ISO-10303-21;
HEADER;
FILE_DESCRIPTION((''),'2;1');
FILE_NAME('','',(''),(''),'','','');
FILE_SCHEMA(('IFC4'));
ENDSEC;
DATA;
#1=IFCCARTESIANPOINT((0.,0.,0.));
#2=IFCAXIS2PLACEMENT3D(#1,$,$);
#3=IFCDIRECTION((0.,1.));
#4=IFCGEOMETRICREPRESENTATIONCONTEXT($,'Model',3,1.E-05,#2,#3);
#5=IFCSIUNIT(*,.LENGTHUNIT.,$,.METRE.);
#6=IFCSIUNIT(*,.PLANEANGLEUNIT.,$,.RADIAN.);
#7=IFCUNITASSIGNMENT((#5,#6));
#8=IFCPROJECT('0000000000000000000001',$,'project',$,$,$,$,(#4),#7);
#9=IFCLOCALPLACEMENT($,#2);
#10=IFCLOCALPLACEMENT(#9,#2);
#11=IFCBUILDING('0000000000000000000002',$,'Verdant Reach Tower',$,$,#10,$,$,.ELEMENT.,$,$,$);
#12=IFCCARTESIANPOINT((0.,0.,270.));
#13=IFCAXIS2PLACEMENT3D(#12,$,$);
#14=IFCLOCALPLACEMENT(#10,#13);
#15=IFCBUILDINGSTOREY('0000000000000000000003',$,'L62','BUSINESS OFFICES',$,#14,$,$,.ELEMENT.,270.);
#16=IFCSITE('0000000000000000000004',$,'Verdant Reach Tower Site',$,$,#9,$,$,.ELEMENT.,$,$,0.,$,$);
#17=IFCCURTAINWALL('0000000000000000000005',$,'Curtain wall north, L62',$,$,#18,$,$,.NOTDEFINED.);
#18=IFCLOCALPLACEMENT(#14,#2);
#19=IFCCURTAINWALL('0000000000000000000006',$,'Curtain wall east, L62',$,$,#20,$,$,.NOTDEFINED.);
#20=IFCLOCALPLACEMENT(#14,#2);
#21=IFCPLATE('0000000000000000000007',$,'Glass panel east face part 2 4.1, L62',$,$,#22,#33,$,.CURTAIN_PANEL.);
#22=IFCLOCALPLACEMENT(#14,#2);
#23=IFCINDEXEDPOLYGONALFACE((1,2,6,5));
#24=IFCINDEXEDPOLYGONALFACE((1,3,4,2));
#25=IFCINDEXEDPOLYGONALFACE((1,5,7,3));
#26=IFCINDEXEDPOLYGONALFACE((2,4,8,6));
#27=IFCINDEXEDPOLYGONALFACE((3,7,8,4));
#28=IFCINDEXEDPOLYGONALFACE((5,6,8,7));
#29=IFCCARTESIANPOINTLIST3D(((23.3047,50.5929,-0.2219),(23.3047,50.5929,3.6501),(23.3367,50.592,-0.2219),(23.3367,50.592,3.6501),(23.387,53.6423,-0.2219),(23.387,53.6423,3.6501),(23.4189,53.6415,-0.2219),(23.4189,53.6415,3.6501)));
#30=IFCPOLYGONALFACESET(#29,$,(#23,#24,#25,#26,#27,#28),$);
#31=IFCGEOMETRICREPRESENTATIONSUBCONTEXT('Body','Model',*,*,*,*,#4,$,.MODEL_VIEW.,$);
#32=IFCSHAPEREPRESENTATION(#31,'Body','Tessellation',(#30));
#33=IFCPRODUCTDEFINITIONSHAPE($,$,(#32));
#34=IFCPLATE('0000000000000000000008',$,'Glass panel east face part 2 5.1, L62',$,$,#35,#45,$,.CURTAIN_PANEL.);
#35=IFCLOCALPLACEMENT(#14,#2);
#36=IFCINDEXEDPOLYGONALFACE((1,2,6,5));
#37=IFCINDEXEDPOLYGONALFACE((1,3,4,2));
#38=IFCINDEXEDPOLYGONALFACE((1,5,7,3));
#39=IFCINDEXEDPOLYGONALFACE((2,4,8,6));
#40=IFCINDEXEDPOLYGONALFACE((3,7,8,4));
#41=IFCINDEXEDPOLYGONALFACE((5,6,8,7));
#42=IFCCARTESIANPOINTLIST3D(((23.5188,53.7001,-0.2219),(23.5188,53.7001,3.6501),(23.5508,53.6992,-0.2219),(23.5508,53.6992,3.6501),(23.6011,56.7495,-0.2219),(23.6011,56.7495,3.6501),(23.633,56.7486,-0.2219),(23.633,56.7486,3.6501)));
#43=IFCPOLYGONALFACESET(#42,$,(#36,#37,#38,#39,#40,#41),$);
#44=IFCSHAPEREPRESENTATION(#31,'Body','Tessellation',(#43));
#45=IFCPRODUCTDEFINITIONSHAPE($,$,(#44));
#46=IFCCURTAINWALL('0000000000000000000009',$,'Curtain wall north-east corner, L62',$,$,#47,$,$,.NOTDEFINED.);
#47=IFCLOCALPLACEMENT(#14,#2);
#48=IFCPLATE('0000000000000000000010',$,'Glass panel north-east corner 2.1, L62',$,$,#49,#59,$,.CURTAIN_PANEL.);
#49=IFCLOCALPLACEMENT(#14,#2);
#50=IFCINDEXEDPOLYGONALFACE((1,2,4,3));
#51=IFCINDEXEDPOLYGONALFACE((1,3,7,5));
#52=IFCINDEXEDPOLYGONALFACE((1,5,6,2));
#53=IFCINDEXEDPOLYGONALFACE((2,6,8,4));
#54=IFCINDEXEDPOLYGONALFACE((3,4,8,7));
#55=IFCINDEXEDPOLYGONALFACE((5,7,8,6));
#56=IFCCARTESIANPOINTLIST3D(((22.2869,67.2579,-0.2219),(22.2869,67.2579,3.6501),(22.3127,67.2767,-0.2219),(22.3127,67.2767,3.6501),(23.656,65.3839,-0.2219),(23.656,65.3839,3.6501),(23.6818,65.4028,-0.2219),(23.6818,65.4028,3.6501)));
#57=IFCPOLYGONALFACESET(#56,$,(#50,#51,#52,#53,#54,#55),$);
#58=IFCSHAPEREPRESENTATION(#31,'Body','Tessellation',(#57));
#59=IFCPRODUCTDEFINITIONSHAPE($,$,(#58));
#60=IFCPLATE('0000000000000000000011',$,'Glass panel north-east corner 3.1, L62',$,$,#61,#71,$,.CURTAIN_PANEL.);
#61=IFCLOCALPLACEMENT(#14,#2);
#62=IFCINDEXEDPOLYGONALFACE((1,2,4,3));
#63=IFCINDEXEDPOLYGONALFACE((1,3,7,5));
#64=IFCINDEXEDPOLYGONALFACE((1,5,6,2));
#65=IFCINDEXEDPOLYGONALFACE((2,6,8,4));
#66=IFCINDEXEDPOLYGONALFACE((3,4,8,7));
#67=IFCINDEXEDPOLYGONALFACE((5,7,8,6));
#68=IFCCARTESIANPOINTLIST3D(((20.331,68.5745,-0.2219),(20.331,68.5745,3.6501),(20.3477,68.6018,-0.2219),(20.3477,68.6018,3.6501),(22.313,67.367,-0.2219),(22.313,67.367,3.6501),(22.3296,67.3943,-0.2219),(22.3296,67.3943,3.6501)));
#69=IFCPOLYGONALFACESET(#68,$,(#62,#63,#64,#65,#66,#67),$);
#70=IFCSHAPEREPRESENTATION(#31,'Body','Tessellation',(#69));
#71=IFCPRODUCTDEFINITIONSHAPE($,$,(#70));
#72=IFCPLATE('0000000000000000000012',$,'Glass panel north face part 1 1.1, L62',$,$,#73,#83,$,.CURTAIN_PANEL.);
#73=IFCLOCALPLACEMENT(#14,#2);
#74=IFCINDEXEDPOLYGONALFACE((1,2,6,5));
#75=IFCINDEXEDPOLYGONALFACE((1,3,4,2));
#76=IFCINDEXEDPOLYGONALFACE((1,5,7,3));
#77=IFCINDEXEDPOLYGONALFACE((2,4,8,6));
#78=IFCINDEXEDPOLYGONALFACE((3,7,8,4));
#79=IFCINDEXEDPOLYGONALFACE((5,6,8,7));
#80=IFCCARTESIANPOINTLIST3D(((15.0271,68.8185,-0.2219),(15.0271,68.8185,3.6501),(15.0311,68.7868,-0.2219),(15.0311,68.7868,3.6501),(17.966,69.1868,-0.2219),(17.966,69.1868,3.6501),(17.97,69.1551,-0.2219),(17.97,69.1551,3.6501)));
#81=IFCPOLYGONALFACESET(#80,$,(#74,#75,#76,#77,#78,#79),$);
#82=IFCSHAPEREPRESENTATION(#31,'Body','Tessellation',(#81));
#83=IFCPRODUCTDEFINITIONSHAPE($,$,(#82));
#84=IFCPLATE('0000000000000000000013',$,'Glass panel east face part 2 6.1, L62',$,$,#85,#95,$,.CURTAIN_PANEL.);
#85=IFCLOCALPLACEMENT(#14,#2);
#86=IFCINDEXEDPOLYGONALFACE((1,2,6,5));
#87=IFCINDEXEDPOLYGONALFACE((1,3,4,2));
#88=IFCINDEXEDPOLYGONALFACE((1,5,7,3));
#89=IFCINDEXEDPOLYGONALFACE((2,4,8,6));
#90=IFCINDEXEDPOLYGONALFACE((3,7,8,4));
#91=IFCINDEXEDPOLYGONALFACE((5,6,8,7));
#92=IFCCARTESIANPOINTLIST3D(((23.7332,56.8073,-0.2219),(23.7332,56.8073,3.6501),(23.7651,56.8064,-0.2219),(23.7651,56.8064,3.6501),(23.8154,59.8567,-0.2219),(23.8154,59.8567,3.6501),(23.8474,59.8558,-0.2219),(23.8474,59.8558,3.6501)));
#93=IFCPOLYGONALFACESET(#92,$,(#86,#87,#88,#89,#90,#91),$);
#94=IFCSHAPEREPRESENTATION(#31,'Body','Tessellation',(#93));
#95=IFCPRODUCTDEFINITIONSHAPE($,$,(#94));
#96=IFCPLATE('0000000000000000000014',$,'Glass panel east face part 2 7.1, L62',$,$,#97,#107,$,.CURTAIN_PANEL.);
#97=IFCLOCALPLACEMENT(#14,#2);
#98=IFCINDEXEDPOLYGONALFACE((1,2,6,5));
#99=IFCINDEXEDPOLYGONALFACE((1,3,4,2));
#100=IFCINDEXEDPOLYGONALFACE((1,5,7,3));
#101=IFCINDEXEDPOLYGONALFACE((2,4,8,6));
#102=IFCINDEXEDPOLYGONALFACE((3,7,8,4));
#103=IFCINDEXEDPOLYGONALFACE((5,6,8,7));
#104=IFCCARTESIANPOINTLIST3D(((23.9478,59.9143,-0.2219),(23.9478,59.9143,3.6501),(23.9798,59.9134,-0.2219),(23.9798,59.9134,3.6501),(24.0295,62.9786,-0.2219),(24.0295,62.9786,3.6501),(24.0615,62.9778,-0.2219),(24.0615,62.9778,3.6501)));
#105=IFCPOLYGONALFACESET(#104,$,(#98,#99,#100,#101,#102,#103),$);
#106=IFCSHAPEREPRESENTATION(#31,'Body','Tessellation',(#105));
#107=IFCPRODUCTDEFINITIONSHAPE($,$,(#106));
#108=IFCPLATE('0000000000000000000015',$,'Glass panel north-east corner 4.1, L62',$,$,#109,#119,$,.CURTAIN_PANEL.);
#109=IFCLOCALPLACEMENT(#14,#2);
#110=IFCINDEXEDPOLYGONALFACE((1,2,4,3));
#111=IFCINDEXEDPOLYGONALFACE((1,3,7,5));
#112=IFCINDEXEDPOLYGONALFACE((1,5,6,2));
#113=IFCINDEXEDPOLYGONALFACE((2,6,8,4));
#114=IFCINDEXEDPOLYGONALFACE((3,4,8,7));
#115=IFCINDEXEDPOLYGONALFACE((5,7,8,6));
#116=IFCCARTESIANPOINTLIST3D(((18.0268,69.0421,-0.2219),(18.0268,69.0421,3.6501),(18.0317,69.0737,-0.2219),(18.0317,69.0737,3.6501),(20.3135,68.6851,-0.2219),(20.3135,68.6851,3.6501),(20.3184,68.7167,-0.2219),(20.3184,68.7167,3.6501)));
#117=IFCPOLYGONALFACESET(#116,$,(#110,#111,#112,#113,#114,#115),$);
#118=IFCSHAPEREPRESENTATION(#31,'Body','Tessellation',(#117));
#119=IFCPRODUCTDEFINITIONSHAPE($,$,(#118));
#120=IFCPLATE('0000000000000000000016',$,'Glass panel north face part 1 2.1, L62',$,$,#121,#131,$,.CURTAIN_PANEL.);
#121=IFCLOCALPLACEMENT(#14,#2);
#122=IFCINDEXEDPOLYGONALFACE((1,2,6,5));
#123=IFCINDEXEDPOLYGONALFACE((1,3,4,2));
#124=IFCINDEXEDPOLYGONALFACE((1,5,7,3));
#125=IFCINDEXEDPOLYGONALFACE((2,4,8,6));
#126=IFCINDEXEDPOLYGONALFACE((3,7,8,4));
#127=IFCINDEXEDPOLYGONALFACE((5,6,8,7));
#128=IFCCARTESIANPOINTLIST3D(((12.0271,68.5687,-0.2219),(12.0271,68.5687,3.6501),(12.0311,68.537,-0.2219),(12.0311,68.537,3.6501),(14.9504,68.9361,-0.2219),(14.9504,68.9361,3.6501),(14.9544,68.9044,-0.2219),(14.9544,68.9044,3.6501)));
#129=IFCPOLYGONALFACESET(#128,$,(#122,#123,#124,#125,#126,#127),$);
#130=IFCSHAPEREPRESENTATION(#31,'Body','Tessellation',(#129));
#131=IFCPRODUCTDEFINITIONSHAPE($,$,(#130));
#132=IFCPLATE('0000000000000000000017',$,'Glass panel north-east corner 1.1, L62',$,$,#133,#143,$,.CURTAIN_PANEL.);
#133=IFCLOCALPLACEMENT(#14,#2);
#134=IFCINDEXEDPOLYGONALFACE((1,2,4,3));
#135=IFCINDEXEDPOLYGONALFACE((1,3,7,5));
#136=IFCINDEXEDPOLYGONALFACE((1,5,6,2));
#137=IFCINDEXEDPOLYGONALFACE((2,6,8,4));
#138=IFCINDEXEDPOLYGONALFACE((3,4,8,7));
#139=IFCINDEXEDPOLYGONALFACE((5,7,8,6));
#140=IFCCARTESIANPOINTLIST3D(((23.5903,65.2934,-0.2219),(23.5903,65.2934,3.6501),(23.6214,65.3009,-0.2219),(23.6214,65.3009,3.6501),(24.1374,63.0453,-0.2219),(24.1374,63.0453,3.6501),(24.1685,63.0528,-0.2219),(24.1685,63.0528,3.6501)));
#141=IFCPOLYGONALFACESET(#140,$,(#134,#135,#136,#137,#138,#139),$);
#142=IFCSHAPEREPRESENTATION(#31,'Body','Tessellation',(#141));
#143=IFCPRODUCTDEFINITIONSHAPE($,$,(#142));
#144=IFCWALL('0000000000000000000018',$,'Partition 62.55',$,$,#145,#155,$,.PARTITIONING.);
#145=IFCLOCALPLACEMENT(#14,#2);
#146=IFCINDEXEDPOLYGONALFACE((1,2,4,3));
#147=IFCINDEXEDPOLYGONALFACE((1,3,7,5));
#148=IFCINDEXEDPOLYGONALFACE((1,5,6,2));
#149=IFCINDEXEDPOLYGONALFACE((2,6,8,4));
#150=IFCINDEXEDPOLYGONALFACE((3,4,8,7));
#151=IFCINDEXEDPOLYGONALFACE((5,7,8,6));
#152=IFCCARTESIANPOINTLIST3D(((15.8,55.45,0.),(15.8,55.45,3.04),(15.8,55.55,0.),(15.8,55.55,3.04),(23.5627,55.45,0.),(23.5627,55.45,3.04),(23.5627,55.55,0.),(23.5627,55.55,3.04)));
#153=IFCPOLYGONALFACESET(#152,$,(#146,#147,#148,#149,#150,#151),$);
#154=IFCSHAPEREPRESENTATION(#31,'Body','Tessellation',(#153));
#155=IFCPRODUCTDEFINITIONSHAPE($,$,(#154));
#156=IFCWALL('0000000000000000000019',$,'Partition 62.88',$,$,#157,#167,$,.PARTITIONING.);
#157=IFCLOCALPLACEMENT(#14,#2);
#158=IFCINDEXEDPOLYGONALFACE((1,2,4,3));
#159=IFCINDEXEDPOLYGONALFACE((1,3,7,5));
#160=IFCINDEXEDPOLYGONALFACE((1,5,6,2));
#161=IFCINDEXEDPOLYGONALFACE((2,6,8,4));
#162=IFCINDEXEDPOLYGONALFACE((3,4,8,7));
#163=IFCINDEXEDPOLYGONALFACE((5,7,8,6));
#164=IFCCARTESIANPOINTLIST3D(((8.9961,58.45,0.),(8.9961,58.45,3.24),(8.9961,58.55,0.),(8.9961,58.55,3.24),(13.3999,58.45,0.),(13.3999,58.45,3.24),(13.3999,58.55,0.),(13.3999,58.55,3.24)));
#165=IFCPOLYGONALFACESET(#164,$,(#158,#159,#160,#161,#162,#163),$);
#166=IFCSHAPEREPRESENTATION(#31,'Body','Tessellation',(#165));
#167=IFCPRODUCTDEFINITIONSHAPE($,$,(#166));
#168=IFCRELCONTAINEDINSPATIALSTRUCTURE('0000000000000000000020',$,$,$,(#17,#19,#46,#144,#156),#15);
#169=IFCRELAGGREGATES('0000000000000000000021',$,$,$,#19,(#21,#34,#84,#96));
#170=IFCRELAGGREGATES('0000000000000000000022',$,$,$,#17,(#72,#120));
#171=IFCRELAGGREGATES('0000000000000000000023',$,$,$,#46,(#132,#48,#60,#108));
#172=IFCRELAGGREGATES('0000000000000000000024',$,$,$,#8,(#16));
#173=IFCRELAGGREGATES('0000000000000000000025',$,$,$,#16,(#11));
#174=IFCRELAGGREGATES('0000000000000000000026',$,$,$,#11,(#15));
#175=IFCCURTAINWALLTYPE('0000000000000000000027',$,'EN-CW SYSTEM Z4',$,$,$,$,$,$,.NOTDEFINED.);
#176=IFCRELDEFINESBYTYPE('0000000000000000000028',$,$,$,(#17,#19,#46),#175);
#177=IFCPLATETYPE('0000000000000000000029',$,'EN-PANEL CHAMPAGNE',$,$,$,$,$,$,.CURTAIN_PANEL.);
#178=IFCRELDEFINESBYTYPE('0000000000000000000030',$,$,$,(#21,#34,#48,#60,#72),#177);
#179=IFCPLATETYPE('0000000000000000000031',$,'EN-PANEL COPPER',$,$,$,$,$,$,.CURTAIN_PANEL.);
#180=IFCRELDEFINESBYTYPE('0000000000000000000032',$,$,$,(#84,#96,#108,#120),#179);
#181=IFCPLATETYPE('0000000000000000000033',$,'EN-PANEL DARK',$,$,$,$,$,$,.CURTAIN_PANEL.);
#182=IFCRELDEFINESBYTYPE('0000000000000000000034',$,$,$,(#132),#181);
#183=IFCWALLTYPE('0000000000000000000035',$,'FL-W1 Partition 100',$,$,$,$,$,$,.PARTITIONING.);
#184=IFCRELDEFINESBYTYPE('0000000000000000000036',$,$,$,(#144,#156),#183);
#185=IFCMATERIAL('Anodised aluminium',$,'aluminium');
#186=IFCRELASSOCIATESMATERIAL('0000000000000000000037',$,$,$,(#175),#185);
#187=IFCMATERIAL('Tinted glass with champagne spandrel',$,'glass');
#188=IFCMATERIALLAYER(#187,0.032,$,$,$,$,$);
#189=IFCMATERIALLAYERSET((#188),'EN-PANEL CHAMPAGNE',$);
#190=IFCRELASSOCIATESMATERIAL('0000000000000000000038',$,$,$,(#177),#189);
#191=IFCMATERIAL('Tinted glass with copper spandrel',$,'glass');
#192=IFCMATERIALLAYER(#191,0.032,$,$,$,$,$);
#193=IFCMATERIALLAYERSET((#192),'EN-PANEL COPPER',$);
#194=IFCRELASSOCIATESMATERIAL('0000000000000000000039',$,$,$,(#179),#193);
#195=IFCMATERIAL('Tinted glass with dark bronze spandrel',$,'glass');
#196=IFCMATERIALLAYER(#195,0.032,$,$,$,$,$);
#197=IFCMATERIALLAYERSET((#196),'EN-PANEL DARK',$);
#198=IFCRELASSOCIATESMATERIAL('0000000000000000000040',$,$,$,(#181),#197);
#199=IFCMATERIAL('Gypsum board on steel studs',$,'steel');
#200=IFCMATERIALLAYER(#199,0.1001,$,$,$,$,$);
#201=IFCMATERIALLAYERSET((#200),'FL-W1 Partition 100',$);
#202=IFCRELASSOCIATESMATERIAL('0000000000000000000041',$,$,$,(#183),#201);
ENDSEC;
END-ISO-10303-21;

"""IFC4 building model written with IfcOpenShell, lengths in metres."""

from ifc_helpers import new_model, si_unit, direction, frame, frame_2d, origin, origin_2d, place, context, subcontext, project, spatial, rectangle, extrude, material, layer, layer_set, type_object, element, aggregate, save


model = new_model("IFC4")

# Units and contexts
model_context = context("Model", 3, precision=1e-05, world=origin(), true_north=direction((0.0, 1.0)))
body_context = subcontext(model_context, "Body", "Model", "MODEL_VIEW")
ifc_project = project(units=[si_unit("LENGTHUNIT", "METRE"), si_unit("PLANEANGLEUNIT", "RADIAN")], contexts=[model_context])

# Site, building, storey
site_placement = place(None, origin())
site = spatial("IfcSite", under=ifc_project, at=site_placement, Name="Verdant Reach Tower Site", CompositionType="ELEMENT", RefElevation=0.0)
building_placement = place(site_placement, origin())
building = spatial("IfcBuilding", under=site, at=building_placement, Name="Verdant Reach Tower", CompositionType="ELEMENT")
storey_placement = place(building_placement, frame((0.0, 0.0, 270.0)))
storey = spatial("IfcBuildingStorey", under=building, at=storey_placement, Name="L62", Description="BUSINESS OFFICES", CompositionType="ELEMENT", Elevation=270.0)

# Curtain wall
ifc_material_1 = material(Name="Anodised aluminium", Category="aluminium")
curtain_wall_type = type_object("IfcCurtainWallType", Name="EN-CW SYSTEM Z4", PredefinedType="NOTDEFINED", material=ifc_material_1)
curtain_wall_1_placement = place(storey_placement, origin())
curtain_wall_1 = element("IfcCurtainWall", 1, at=curtain_wall_1_placement, inside=storey, type_object=curtain_wall_type, Name="Curtain wall north, L62", PredefinedType="NOTDEFINED")

# Curtain walls, plates
curtain_wall_2_placement = place(storey_placement, origin())
curtain_wall_2 = element("IfcCurtainWall", 2, at=curtain_wall_2_placement, inside=storey, type_object=curtain_wall_type, Name="Curtain wall east, L62", PredefinedType="NOTDEFINED")
ifc_material_2 = material(Name="Tinted glass with champagne spandrel", Category="glass")
ifc_layer_1 = layer(ifc_material_2, 0.032)
ifc_layer_set_1 = layer_set([ifc_layer_1], Name="EN-PANEL CHAMPAGNE")
plate_type_1 = type_object("IfcPlateType", Name="EN-PANEL CHAMPAGNE", PredefinedType="CURTAIN_PANEL", material=ifc_layer_set_1)
plate_1_placement = place(storey_placement, frame((23.3618, 52.1172, -0.2219), z_axis=(0.0, 0.0, 1.0), x_axis=(0.026965, 0.999636, 0.0)))
plate_1 = element("IfcPlate", 3, at=plate_1_placement, type_object=plate_type_1, Name="Glass panel east face part 2 4.1, L62", PredefinedType="CURTAIN_PANEL", context=body_context, shape_type="SweptSolid", body=[
    extrude(rectangle(XDim=3.0505, YDim=0.032, at=origin_2d()), origin(), (0.0, 0.0, 1.0), 3.8721),
])
plate_2_placement = place(storey_placement, frame((23.5759, 55.2244, -0.2219), z_axis=(0.0, 0.0, 1.0), x_axis=(0.026965, 0.999636, 0.0)))
plate_2 = element("IfcPlate", 4, at=plate_2_placement, type_object=plate_type_1, Name="Glass panel east face part 2 5.1, L62", PredefinedType="CURTAIN_PANEL", context=body_context, shape_type="SweptSolid", body=[
    extrude(rectangle(XDim=3.0505, YDim=0.032, at=origin_2d()), origin(), (0.0, 0.0, 1.0), 3.8721),
])
curtain_wall_3_placement = place(storey_placement, origin())
curtain_wall_3 = element("IfcCurtainWall", 5, at=curtain_wall_3_placement, inside=storey, type_object=curtain_wall_type, Name="Curtain wall north-east corner, L62", PredefinedType="NOTDEFINED")
plate_3_placement = place(storey_placement, frame((22.9844, 66.3303, -0.2219), z_axis=(0.0, 0.0, 1.0), x_axis=(-0.589927, 0.807457, 0.0)))
plate_3 = element("IfcPlate", 6, at=plate_3_placement, type_object=plate_type_1, Name="Glass panel north-east corner 2.1, L62", PredefinedType="CURTAIN_PANEL", context=body_context, shape_type="SweptSolid", body=[
    extrude(rectangle(XDim=2.3208, YDim=0.032, at=origin_2d()), origin(), (0.0, 0.0, 1.0), 3.8721),
])
plate_4_placement = place(storey_placement, frame((21.3303, 67.9844, -0.2219), z_axis=(0.0, 0.0, 1.0), x_axis=(-0.853989, 0.520292, 0.0)))
plate_4 = element("IfcPlate", 7, at=plate_4_placement, type_object=plate_type_1, Name="Glass panel north-east corner 3.1, L62", PredefinedType="CURTAIN_PANEL", context=body_context, shape_type="SweptSolid", body=[
    extrude(rectangle(XDim=2.3208, YDim=0.032, at=origin_2d()), origin(), (0.0, 0.0, 1.0), 3.8721),
])

# Plates
plate_5_placement = place(storey_placement, frame((16.4985, 68.9868, -0.2219), z_axis=(0.0, 0.0, 1.0), x_axis=(-0.992239, -0.124346, 0.0)))
plate_5 = element("IfcPlate", 8, at=plate_5_placement, type_object=plate_type_1, Name="Glass panel north face part 1 1.1, L62", PredefinedType="CURTAIN_PANEL", context=body_context, shape_type="SweptSolid", body=[
    extrude(rectangle(XDim=2.9619, YDim=0.032, at=origin_2d()), origin(), (0.0, 0.0, 1.0), 3.8721),
])
ifc_material_3 = material(Name="Tinted glass with copper spandrel", Category="glass")
ifc_layer_2 = layer(ifc_material_3, 0.032)
ifc_layer_set_2 = layer_set([ifc_layer_2], Name="EN-PANEL COPPER")
plate_type_2 = type_object("IfcPlateType", Name="EN-PANEL COPPER", PredefinedType="CURTAIN_PANEL", material=ifc_layer_set_2)
plate_6_placement = place(storey_placement, frame((23.7903, 58.3315, -0.2219), z_axis=(0.0, 0.0, 1.0), x_axis=(0.026965, 0.999636, 0.0)))
plate_6 = element("IfcPlate", 9, at=plate_6_placement, type_object=plate_type_2, Name="Glass panel east face part 2 6.1, L62", PredefinedType="CURTAIN_PANEL", context=body_context, shape_type="SweptSolid", body=[
    extrude(rectangle(XDim=3.0505, YDim=0.032, at=origin_2d()), origin(), (0.0, 0.0, 1.0), 3.8721),
])
plate_7_placement = place(storey_placement, frame((24.0046, 61.446, -0.2219), z_axis=(0.0, 0.0, 1.0), x_axis=(0.026651, 0.999645, 0.0)))
plate_7 = element("IfcPlate", 10, at=plate_7_placement, type_object=plate_type_2, Name="Glass panel east face part 2 7.1, L62", PredefinedType="CURTAIN_PANEL", context=body_context, shape_type="SweptSolid", body=[
    extrude(rectangle(XDim=3.0654, YDim=0.032, at=origin_2d()), origin(), (0.0, 0.0, 1.0), 3.8721),
])
aggregate(curtain_wall_2, [plate_1, plate_2, plate_6, plate_7])
plate_8_placement = place(storey_placement, frame((19.1726, 68.8794, -0.2219), z_axis=(0.0, 0.0, 1.0), x_axis=(-0.988027, 0.154279, 0.0)))
plate_8 = element("IfcPlate", 11, at=plate_8_placement, type_object=plate_type_2, Name="Glass panel north-east corner 4.1, L62", PredefinedType="CURTAIN_PANEL", context=body_context, shape_type="SweptSolid", body=[
    extrude(rectangle(XDim=2.3145, YDim=0.032, at=origin_2d()), origin(), (0.0, 0.0, 1.0), 3.8721),
])
plate_9_placement = place(storey_placement, frame((13.4907, 68.7366, -0.2219), z_axis=(0.0, 0.0, 1.0), x_axis=(-0.992194, -0.124704, 0.0)))
plate_9 = element("IfcPlate", 12, at=plate_9_placement, type_object=plate_type_2, Name="Glass panel north face part 1 2.1, L62", PredefinedType="CURTAIN_PANEL", context=body_context, shape_type="SweptSolid", body=[
    extrude(rectangle(XDim=2.9463, YDim=0.032, at=origin_2d()), origin(), (0.0, 0.0, 1.0), 3.8721),
])
aggregate(curtain_wall_1, [plate_5, plate_9])
ifc_material_4 = material(Name="Tinted glass with dark bronze spandrel", Category="glass")
ifc_layer_3 = layer(ifc_material_4, 0.032)
ifc_layer_set_3 = layer_set([ifc_layer_3], Name="EN-PANEL DARK")
plate_type_3 = type_object("IfcPlateType", Name="EN-PANEL DARK", PredefinedType="CURTAIN_PANEL", material=ifc_layer_set_3)
plate_10_placement = place(storey_placement, frame((23.8794, 64.1731, -0.2219), z_axis=(0.0, 0.0, 1.0), x_axis=(-0.236459, 0.971642, 0.0)))
plate_10 = element("IfcPlate", 13, at=plate_10_placement, type_object=plate_type_3, Name="Glass panel north-east corner 1.1, L62", PredefinedType="CURTAIN_PANEL", context=body_context, shape_type="SweptSolid", body=[
    extrude(rectangle(XDim=2.3137, YDim=0.032, at=origin_2d()), origin(), (0.0, 0.0, 1.0), 3.8721),
])
aggregate(curtain_wall_3, [plate_10, plate_3, plate_4, plate_8])

# Walls
ifc_material_5 = material(Name="Gypsum board on steel studs", Category="steel")
ifc_layer_4 = layer(ifc_material_5, 0.1001)
ifc_layer_set_4 = layer_set([ifc_layer_4], Name="FL-W1 Partition 100")
wall_type_1 = type_object("IfcWallType", Name="FL-W1 Partition 100", PredefinedType="PARTITIONING", material=ifc_layer_set_4)
wall_1_placement = place(storey_placement, frame((23.5627, 55.5, 0.0), z_axis=(0.0, 0.0, 1.0), x_axis=(-1.0, 0.0, 0.0)))
element("IfcWall", 14, at=wall_1_placement, inside=storey, type_object=wall_type_1, Name="Partition 62.55", PredefinedType="PARTITIONING", context=body_context, shape_type="SweptSolid", body=[
    extrude(rectangle(XDim=7.7627, YDim=0.1001, at=frame_2d((3.8813, 0.0))), origin(), (0.0, 0.0, 1.0), 3.04),
])
wall_2_placement = place(storey_placement, frame((13.3999, 58.5, 0.0), z_axis=(0.0, 0.0, 1.0), x_axis=(-1.0, 0.0, 0.0)))
element("IfcWall", 15, at=wall_2_placement, inside=storey, type_object=wall_type_1, Name="Partition 62.88", PredefinedType="PARTITIONING", context=body_context, shape_type="SweptSolid", body=[
    extrude(rectangle(XDim=4.4038, YDim=0.1001, at=frame_2d((2.2019, 0.0))), origin(), (0.0, 0.0, 1.0), 3.24),
])

save(model, "model.ifc")
